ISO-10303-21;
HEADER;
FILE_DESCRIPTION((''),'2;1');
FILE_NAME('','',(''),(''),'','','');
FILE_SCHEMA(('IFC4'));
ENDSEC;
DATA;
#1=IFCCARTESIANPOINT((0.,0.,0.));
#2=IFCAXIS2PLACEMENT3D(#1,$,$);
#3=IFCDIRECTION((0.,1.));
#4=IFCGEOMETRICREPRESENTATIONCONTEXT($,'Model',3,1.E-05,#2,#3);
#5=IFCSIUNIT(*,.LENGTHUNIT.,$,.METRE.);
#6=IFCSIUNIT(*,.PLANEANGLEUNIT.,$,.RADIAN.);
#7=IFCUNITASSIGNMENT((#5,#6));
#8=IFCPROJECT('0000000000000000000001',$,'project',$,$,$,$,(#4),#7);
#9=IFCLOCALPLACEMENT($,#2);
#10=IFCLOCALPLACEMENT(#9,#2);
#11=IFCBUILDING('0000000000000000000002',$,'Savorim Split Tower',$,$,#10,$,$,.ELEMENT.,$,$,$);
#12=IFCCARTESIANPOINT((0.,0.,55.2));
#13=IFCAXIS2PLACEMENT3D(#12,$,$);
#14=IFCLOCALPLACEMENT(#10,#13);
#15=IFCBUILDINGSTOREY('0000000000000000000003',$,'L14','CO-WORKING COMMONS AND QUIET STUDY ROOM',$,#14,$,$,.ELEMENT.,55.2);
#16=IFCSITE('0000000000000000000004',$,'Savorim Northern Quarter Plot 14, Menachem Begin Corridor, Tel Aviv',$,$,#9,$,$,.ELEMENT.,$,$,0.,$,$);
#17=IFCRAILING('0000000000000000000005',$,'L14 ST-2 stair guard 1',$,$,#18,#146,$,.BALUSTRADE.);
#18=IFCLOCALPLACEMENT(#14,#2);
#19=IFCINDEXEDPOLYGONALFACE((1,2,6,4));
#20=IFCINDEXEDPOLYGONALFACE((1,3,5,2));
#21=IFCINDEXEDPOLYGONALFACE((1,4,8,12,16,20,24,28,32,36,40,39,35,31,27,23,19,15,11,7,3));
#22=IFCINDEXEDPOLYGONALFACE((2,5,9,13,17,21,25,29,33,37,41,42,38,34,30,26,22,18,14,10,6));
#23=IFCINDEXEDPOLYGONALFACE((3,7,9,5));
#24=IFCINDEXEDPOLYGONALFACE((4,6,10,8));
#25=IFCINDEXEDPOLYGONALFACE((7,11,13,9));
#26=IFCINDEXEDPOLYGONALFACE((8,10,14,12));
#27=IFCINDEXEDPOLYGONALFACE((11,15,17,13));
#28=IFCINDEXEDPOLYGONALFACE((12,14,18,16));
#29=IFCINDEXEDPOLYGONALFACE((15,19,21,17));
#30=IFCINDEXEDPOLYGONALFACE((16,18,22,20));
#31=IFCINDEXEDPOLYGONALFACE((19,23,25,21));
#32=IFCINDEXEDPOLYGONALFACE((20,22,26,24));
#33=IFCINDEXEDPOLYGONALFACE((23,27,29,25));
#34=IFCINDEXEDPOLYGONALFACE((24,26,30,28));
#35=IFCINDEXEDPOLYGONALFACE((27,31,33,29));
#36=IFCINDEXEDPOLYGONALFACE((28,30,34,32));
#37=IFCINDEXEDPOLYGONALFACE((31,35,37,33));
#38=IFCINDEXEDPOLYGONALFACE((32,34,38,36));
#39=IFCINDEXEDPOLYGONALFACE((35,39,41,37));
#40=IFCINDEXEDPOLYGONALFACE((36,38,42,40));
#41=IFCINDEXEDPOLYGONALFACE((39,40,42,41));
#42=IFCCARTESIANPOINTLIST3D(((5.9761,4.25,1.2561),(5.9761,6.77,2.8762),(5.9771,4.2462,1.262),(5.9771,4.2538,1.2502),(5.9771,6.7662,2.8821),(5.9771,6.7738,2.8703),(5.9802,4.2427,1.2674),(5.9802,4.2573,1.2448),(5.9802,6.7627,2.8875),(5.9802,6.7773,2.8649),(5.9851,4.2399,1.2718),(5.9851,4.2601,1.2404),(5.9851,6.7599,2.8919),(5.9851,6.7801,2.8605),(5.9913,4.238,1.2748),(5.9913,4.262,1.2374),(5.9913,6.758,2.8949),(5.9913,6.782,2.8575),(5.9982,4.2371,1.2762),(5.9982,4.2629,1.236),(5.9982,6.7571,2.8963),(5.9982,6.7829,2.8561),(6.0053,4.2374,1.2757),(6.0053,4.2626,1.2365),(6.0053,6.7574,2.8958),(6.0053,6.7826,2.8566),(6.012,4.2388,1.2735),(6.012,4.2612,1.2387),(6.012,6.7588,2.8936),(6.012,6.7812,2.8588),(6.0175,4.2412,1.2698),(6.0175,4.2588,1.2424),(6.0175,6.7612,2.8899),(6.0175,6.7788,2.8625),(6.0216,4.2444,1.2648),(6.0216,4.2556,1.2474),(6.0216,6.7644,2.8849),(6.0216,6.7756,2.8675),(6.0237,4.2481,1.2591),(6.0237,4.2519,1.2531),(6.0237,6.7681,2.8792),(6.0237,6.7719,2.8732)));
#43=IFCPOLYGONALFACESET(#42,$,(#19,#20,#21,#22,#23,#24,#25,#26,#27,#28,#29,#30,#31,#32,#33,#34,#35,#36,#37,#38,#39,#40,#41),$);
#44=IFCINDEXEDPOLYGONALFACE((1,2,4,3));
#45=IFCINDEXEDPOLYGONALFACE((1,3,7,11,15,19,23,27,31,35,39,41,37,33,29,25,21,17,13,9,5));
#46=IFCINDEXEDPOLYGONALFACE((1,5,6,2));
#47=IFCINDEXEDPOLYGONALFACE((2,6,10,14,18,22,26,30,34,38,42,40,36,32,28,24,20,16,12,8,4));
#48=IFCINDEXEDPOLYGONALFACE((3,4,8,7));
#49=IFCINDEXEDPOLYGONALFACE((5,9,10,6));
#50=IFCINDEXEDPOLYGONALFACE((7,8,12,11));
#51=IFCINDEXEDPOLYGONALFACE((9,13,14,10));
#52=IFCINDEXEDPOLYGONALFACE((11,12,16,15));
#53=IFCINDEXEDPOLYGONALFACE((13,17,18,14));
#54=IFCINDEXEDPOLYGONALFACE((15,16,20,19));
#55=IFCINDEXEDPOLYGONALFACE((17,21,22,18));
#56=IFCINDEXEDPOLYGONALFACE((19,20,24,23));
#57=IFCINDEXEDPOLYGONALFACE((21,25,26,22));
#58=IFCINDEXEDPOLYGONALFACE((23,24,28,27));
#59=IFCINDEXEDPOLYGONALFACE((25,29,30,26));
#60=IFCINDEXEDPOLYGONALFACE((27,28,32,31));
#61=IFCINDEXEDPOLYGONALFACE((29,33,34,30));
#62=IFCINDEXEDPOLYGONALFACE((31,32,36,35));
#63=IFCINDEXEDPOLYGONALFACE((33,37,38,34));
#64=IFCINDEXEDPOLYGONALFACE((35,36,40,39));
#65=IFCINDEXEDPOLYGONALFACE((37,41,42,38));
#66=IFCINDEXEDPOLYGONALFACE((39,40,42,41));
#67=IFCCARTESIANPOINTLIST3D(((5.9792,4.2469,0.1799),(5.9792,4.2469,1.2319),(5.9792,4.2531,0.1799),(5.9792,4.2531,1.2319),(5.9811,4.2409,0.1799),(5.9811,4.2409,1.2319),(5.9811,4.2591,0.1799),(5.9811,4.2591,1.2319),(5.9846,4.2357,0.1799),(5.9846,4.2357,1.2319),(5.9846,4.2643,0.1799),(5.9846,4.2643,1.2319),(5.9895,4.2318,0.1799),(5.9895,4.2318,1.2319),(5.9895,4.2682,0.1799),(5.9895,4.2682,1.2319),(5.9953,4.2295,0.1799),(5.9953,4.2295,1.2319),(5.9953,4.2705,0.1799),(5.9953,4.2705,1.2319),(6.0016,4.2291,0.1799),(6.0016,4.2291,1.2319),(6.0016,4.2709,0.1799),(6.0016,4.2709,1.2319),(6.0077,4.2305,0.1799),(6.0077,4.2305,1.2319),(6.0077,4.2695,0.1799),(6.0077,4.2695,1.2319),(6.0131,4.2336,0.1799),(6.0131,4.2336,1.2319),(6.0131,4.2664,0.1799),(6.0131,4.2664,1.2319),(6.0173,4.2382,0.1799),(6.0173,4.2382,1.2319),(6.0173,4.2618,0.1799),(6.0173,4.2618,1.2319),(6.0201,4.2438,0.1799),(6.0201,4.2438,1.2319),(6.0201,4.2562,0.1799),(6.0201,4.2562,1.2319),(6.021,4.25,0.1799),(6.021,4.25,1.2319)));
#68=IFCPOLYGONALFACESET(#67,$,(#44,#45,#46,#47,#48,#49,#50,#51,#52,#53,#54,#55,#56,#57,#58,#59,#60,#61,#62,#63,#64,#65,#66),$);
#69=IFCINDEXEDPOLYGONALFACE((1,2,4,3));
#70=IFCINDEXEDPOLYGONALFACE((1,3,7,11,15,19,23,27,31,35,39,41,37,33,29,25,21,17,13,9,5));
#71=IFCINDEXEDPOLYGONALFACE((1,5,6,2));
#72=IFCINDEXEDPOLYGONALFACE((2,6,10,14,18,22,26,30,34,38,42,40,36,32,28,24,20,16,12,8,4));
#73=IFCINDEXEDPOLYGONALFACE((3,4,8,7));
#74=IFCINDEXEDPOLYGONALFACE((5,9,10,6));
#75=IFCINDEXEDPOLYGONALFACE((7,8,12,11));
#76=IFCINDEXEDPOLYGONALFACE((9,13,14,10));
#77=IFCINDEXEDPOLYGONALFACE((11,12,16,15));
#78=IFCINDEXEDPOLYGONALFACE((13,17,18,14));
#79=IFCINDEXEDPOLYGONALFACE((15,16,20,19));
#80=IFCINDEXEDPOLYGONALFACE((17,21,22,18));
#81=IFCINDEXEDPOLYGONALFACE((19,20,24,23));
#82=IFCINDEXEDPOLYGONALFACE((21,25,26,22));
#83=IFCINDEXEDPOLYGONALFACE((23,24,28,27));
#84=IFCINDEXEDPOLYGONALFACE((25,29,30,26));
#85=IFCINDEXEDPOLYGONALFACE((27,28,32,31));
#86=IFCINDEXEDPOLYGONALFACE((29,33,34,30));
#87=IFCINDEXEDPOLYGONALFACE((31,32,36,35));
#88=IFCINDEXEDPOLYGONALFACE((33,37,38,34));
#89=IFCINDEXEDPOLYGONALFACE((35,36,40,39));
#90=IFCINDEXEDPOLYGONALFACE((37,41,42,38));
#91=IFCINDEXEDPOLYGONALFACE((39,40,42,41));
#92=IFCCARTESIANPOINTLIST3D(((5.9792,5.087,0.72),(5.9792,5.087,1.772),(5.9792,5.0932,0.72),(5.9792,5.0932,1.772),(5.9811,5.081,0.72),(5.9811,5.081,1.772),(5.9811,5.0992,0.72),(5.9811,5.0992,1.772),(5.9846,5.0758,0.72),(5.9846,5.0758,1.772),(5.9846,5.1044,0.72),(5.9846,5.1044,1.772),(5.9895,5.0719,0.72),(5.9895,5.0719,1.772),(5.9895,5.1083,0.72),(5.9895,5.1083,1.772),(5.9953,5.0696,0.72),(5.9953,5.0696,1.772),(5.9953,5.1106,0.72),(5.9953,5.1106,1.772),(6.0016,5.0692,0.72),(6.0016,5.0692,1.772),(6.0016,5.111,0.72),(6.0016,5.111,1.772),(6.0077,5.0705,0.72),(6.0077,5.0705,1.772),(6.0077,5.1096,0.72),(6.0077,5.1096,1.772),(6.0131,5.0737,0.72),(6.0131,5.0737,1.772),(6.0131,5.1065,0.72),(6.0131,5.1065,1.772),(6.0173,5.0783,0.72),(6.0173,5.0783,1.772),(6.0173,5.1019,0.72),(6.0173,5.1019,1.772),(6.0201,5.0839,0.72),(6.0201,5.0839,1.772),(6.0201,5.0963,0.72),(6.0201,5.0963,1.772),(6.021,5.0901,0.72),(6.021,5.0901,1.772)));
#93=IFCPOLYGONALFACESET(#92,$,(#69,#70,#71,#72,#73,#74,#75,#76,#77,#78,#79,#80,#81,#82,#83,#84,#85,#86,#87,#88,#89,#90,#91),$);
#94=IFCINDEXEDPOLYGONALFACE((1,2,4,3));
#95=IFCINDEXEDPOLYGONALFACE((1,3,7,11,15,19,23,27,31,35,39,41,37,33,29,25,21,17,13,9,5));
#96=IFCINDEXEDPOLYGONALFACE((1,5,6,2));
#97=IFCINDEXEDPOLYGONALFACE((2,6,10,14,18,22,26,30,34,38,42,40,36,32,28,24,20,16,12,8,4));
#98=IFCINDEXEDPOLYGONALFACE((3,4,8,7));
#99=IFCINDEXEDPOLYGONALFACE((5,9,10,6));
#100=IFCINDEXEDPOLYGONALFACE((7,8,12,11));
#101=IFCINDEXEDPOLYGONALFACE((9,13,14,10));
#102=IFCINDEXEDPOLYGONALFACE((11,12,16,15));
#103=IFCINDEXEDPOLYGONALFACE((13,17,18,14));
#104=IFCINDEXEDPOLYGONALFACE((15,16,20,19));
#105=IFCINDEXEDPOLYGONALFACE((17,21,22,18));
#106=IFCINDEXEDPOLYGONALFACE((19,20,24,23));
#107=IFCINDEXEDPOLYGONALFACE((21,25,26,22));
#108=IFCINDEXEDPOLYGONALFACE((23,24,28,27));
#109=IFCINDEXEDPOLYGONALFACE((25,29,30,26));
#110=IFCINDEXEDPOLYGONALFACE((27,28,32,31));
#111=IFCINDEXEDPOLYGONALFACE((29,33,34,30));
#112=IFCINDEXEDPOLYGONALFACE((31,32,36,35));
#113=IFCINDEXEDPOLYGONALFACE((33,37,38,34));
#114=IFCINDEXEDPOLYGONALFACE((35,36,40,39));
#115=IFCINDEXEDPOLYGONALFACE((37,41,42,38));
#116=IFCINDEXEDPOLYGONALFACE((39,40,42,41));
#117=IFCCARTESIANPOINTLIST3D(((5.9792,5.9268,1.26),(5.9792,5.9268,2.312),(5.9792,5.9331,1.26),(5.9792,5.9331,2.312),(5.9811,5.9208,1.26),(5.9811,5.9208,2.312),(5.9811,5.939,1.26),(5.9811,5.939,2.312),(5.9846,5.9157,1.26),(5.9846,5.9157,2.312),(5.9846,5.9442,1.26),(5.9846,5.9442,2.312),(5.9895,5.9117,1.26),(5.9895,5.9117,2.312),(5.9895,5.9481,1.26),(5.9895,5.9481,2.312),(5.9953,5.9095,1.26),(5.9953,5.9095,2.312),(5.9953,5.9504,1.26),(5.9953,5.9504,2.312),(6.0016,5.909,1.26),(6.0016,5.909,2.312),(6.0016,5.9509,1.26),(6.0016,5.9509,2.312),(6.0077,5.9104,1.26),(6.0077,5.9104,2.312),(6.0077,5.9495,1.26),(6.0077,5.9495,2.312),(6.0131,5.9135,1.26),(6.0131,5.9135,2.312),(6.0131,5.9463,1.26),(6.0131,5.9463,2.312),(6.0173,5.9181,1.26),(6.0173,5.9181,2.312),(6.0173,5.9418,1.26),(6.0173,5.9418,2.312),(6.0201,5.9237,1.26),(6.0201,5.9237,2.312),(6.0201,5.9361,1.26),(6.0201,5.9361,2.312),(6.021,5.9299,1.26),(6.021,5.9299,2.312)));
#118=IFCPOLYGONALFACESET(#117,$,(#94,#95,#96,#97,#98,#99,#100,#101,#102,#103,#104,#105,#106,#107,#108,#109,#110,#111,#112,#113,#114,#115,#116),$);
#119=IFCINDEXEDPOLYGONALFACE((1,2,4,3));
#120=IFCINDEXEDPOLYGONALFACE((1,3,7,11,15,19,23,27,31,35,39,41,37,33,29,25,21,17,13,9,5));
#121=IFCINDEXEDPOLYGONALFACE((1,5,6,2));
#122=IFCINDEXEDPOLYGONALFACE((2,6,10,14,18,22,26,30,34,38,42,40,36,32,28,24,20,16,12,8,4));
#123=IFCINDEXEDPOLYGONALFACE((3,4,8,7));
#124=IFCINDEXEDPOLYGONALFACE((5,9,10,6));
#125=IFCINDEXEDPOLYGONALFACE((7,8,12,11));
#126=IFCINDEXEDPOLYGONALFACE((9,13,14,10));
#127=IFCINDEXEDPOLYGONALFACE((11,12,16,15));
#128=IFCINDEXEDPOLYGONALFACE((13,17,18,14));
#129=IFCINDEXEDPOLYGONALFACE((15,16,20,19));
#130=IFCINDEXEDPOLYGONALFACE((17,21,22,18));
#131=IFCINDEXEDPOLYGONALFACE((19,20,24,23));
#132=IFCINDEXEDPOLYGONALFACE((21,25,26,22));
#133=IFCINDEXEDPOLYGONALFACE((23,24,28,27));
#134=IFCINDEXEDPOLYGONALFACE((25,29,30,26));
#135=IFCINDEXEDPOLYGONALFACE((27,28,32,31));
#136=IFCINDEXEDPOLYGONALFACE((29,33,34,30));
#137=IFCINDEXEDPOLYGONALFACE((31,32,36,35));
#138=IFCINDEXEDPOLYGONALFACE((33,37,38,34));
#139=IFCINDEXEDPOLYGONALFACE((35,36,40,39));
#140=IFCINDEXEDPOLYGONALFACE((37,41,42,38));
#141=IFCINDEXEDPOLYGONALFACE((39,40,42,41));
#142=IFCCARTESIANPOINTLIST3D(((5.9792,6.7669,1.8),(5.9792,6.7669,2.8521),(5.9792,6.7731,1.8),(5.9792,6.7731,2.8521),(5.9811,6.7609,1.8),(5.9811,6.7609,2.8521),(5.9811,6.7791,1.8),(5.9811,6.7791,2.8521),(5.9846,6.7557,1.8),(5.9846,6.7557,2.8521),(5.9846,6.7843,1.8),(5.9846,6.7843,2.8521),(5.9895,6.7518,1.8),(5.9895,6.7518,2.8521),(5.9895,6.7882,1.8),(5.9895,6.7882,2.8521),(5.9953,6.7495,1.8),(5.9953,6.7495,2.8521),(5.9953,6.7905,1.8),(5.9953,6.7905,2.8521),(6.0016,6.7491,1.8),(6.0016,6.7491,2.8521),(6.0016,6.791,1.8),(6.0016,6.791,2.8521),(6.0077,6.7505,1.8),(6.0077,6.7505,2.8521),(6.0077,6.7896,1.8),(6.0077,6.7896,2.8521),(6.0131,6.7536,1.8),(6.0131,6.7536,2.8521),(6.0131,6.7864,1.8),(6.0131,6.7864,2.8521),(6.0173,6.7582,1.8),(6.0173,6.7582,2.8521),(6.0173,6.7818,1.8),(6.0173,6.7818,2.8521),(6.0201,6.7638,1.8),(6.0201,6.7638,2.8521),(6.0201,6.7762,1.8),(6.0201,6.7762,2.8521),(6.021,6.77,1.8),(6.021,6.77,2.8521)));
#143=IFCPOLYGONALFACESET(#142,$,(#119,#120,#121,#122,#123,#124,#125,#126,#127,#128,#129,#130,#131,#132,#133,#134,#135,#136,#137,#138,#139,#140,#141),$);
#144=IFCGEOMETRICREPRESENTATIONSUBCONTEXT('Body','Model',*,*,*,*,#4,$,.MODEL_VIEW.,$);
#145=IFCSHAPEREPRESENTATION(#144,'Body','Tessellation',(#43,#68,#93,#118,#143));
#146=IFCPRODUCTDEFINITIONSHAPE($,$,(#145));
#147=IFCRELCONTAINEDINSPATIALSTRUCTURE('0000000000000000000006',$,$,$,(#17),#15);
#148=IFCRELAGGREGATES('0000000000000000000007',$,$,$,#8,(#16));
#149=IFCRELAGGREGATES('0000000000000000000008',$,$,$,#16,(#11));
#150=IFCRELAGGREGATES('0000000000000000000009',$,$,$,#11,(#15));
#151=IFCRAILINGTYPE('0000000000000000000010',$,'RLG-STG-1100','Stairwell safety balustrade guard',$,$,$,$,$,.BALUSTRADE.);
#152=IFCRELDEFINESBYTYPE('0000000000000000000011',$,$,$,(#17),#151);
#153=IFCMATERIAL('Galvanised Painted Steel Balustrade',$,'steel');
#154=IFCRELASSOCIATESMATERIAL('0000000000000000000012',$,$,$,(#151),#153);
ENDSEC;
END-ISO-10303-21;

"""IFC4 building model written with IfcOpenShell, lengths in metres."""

from ifc_helpers import new_model, si_unit, direction, frame, origin, origin_2d, place, context, subcontext, project, spatial, circle, extrude, material, type_object, element, save


model = new_model("IFC4")

# Units and contexts
model_context = context("Model", 3, precision=1e-05, world=origin(), true_north=direction((0.0, 1.0)))
body_context = subcontext(model_context, "Body", "Model", "MODEL_VIEW")
ifc_project = project(units=[si_unit("LENGTHUNIT", "METRE"), si_unit("PLANEANGLEUNIT", "RADIAN")], contexts=[model_context])

# Site, building, storey
site_placement = place(None, origin())
site = spatial("IfcSite", under=ifc_project, at=site_placement, Name="Savorim Northern Quarter Plot 14, Menachem Begin Corridor, Tel Aviv", CompositionType="ELEMENT", RefElevation=0.0)
building_placement = place(site_placement, origin())
building = spatial("IfcBuilding", under=site, at=building_placement, Name="Savorim Split Tower", CompositionType="ELEMENT")
storey_placement = place(building_placement, frame((0.0, 0.0, 55.2)))
storey = spatial("IfcBuildingStorey", under=building, at=storey_placement, Name="L14", Description="CO-WORKING COMMONS AND QUIET STUDY ROOM", CompositionType="ELEMENT", Elevation=55.2)

# Railing
ifc_material_1 = material(Name="Galvanised Painted Steel Balustrade", Category="steel")
railing_type_1 = type_object("IfcRailingType", Name="RLG-STG-1100", Description="Stairwell safety balustrade guard", PredefinedType="BALUSTRADE", material=ifc_material_1)
railing_1_placement = place(storey_placement, frame((6.0, 4.25, 0.1799)))
element("IfcRailing", 1, at=railing_1_placement, inside=storey, type_object=railing_type_1, Name="L14 ST-2 stair guard 1", PredefinedType="BALUSTRADE", context=body_context, shape_type="SweptSolid", body=[
    extrude(circle(Radius=0.0239, at=origin_2d()), frame((0.0, 0.0, 1.0762), z_axis=(0.0, 0.841163, 0.540782), x_axis=(-1.0, 0.0, 0.0)), (0.0, 0.0, 1.0), 2.9958),
    extrude(circle(Radius=0.021, at=origin_2d()), origin(), (0.0, 0.0, 1.0), 1.052),
    extrude(circle(Radius=0.021, at=origin_2d()), frame((0.0, 0.8401, 0.54)), (0.0, 0.0, 1.0), 1.052),
    extrude(circle(Radius=0.021, at=origin_2d()), frame((0.0, 1.6799, 1.0801)), (0.0, 0.0, 1.0), 1.052),
    extrude(circle(Radius=0.021, at=origin_2d()), frame((0.0, 2.52, 1.6201)), (0.0, 0.0, 1.0), 1.052),
])

save(model, "model.ifc")
